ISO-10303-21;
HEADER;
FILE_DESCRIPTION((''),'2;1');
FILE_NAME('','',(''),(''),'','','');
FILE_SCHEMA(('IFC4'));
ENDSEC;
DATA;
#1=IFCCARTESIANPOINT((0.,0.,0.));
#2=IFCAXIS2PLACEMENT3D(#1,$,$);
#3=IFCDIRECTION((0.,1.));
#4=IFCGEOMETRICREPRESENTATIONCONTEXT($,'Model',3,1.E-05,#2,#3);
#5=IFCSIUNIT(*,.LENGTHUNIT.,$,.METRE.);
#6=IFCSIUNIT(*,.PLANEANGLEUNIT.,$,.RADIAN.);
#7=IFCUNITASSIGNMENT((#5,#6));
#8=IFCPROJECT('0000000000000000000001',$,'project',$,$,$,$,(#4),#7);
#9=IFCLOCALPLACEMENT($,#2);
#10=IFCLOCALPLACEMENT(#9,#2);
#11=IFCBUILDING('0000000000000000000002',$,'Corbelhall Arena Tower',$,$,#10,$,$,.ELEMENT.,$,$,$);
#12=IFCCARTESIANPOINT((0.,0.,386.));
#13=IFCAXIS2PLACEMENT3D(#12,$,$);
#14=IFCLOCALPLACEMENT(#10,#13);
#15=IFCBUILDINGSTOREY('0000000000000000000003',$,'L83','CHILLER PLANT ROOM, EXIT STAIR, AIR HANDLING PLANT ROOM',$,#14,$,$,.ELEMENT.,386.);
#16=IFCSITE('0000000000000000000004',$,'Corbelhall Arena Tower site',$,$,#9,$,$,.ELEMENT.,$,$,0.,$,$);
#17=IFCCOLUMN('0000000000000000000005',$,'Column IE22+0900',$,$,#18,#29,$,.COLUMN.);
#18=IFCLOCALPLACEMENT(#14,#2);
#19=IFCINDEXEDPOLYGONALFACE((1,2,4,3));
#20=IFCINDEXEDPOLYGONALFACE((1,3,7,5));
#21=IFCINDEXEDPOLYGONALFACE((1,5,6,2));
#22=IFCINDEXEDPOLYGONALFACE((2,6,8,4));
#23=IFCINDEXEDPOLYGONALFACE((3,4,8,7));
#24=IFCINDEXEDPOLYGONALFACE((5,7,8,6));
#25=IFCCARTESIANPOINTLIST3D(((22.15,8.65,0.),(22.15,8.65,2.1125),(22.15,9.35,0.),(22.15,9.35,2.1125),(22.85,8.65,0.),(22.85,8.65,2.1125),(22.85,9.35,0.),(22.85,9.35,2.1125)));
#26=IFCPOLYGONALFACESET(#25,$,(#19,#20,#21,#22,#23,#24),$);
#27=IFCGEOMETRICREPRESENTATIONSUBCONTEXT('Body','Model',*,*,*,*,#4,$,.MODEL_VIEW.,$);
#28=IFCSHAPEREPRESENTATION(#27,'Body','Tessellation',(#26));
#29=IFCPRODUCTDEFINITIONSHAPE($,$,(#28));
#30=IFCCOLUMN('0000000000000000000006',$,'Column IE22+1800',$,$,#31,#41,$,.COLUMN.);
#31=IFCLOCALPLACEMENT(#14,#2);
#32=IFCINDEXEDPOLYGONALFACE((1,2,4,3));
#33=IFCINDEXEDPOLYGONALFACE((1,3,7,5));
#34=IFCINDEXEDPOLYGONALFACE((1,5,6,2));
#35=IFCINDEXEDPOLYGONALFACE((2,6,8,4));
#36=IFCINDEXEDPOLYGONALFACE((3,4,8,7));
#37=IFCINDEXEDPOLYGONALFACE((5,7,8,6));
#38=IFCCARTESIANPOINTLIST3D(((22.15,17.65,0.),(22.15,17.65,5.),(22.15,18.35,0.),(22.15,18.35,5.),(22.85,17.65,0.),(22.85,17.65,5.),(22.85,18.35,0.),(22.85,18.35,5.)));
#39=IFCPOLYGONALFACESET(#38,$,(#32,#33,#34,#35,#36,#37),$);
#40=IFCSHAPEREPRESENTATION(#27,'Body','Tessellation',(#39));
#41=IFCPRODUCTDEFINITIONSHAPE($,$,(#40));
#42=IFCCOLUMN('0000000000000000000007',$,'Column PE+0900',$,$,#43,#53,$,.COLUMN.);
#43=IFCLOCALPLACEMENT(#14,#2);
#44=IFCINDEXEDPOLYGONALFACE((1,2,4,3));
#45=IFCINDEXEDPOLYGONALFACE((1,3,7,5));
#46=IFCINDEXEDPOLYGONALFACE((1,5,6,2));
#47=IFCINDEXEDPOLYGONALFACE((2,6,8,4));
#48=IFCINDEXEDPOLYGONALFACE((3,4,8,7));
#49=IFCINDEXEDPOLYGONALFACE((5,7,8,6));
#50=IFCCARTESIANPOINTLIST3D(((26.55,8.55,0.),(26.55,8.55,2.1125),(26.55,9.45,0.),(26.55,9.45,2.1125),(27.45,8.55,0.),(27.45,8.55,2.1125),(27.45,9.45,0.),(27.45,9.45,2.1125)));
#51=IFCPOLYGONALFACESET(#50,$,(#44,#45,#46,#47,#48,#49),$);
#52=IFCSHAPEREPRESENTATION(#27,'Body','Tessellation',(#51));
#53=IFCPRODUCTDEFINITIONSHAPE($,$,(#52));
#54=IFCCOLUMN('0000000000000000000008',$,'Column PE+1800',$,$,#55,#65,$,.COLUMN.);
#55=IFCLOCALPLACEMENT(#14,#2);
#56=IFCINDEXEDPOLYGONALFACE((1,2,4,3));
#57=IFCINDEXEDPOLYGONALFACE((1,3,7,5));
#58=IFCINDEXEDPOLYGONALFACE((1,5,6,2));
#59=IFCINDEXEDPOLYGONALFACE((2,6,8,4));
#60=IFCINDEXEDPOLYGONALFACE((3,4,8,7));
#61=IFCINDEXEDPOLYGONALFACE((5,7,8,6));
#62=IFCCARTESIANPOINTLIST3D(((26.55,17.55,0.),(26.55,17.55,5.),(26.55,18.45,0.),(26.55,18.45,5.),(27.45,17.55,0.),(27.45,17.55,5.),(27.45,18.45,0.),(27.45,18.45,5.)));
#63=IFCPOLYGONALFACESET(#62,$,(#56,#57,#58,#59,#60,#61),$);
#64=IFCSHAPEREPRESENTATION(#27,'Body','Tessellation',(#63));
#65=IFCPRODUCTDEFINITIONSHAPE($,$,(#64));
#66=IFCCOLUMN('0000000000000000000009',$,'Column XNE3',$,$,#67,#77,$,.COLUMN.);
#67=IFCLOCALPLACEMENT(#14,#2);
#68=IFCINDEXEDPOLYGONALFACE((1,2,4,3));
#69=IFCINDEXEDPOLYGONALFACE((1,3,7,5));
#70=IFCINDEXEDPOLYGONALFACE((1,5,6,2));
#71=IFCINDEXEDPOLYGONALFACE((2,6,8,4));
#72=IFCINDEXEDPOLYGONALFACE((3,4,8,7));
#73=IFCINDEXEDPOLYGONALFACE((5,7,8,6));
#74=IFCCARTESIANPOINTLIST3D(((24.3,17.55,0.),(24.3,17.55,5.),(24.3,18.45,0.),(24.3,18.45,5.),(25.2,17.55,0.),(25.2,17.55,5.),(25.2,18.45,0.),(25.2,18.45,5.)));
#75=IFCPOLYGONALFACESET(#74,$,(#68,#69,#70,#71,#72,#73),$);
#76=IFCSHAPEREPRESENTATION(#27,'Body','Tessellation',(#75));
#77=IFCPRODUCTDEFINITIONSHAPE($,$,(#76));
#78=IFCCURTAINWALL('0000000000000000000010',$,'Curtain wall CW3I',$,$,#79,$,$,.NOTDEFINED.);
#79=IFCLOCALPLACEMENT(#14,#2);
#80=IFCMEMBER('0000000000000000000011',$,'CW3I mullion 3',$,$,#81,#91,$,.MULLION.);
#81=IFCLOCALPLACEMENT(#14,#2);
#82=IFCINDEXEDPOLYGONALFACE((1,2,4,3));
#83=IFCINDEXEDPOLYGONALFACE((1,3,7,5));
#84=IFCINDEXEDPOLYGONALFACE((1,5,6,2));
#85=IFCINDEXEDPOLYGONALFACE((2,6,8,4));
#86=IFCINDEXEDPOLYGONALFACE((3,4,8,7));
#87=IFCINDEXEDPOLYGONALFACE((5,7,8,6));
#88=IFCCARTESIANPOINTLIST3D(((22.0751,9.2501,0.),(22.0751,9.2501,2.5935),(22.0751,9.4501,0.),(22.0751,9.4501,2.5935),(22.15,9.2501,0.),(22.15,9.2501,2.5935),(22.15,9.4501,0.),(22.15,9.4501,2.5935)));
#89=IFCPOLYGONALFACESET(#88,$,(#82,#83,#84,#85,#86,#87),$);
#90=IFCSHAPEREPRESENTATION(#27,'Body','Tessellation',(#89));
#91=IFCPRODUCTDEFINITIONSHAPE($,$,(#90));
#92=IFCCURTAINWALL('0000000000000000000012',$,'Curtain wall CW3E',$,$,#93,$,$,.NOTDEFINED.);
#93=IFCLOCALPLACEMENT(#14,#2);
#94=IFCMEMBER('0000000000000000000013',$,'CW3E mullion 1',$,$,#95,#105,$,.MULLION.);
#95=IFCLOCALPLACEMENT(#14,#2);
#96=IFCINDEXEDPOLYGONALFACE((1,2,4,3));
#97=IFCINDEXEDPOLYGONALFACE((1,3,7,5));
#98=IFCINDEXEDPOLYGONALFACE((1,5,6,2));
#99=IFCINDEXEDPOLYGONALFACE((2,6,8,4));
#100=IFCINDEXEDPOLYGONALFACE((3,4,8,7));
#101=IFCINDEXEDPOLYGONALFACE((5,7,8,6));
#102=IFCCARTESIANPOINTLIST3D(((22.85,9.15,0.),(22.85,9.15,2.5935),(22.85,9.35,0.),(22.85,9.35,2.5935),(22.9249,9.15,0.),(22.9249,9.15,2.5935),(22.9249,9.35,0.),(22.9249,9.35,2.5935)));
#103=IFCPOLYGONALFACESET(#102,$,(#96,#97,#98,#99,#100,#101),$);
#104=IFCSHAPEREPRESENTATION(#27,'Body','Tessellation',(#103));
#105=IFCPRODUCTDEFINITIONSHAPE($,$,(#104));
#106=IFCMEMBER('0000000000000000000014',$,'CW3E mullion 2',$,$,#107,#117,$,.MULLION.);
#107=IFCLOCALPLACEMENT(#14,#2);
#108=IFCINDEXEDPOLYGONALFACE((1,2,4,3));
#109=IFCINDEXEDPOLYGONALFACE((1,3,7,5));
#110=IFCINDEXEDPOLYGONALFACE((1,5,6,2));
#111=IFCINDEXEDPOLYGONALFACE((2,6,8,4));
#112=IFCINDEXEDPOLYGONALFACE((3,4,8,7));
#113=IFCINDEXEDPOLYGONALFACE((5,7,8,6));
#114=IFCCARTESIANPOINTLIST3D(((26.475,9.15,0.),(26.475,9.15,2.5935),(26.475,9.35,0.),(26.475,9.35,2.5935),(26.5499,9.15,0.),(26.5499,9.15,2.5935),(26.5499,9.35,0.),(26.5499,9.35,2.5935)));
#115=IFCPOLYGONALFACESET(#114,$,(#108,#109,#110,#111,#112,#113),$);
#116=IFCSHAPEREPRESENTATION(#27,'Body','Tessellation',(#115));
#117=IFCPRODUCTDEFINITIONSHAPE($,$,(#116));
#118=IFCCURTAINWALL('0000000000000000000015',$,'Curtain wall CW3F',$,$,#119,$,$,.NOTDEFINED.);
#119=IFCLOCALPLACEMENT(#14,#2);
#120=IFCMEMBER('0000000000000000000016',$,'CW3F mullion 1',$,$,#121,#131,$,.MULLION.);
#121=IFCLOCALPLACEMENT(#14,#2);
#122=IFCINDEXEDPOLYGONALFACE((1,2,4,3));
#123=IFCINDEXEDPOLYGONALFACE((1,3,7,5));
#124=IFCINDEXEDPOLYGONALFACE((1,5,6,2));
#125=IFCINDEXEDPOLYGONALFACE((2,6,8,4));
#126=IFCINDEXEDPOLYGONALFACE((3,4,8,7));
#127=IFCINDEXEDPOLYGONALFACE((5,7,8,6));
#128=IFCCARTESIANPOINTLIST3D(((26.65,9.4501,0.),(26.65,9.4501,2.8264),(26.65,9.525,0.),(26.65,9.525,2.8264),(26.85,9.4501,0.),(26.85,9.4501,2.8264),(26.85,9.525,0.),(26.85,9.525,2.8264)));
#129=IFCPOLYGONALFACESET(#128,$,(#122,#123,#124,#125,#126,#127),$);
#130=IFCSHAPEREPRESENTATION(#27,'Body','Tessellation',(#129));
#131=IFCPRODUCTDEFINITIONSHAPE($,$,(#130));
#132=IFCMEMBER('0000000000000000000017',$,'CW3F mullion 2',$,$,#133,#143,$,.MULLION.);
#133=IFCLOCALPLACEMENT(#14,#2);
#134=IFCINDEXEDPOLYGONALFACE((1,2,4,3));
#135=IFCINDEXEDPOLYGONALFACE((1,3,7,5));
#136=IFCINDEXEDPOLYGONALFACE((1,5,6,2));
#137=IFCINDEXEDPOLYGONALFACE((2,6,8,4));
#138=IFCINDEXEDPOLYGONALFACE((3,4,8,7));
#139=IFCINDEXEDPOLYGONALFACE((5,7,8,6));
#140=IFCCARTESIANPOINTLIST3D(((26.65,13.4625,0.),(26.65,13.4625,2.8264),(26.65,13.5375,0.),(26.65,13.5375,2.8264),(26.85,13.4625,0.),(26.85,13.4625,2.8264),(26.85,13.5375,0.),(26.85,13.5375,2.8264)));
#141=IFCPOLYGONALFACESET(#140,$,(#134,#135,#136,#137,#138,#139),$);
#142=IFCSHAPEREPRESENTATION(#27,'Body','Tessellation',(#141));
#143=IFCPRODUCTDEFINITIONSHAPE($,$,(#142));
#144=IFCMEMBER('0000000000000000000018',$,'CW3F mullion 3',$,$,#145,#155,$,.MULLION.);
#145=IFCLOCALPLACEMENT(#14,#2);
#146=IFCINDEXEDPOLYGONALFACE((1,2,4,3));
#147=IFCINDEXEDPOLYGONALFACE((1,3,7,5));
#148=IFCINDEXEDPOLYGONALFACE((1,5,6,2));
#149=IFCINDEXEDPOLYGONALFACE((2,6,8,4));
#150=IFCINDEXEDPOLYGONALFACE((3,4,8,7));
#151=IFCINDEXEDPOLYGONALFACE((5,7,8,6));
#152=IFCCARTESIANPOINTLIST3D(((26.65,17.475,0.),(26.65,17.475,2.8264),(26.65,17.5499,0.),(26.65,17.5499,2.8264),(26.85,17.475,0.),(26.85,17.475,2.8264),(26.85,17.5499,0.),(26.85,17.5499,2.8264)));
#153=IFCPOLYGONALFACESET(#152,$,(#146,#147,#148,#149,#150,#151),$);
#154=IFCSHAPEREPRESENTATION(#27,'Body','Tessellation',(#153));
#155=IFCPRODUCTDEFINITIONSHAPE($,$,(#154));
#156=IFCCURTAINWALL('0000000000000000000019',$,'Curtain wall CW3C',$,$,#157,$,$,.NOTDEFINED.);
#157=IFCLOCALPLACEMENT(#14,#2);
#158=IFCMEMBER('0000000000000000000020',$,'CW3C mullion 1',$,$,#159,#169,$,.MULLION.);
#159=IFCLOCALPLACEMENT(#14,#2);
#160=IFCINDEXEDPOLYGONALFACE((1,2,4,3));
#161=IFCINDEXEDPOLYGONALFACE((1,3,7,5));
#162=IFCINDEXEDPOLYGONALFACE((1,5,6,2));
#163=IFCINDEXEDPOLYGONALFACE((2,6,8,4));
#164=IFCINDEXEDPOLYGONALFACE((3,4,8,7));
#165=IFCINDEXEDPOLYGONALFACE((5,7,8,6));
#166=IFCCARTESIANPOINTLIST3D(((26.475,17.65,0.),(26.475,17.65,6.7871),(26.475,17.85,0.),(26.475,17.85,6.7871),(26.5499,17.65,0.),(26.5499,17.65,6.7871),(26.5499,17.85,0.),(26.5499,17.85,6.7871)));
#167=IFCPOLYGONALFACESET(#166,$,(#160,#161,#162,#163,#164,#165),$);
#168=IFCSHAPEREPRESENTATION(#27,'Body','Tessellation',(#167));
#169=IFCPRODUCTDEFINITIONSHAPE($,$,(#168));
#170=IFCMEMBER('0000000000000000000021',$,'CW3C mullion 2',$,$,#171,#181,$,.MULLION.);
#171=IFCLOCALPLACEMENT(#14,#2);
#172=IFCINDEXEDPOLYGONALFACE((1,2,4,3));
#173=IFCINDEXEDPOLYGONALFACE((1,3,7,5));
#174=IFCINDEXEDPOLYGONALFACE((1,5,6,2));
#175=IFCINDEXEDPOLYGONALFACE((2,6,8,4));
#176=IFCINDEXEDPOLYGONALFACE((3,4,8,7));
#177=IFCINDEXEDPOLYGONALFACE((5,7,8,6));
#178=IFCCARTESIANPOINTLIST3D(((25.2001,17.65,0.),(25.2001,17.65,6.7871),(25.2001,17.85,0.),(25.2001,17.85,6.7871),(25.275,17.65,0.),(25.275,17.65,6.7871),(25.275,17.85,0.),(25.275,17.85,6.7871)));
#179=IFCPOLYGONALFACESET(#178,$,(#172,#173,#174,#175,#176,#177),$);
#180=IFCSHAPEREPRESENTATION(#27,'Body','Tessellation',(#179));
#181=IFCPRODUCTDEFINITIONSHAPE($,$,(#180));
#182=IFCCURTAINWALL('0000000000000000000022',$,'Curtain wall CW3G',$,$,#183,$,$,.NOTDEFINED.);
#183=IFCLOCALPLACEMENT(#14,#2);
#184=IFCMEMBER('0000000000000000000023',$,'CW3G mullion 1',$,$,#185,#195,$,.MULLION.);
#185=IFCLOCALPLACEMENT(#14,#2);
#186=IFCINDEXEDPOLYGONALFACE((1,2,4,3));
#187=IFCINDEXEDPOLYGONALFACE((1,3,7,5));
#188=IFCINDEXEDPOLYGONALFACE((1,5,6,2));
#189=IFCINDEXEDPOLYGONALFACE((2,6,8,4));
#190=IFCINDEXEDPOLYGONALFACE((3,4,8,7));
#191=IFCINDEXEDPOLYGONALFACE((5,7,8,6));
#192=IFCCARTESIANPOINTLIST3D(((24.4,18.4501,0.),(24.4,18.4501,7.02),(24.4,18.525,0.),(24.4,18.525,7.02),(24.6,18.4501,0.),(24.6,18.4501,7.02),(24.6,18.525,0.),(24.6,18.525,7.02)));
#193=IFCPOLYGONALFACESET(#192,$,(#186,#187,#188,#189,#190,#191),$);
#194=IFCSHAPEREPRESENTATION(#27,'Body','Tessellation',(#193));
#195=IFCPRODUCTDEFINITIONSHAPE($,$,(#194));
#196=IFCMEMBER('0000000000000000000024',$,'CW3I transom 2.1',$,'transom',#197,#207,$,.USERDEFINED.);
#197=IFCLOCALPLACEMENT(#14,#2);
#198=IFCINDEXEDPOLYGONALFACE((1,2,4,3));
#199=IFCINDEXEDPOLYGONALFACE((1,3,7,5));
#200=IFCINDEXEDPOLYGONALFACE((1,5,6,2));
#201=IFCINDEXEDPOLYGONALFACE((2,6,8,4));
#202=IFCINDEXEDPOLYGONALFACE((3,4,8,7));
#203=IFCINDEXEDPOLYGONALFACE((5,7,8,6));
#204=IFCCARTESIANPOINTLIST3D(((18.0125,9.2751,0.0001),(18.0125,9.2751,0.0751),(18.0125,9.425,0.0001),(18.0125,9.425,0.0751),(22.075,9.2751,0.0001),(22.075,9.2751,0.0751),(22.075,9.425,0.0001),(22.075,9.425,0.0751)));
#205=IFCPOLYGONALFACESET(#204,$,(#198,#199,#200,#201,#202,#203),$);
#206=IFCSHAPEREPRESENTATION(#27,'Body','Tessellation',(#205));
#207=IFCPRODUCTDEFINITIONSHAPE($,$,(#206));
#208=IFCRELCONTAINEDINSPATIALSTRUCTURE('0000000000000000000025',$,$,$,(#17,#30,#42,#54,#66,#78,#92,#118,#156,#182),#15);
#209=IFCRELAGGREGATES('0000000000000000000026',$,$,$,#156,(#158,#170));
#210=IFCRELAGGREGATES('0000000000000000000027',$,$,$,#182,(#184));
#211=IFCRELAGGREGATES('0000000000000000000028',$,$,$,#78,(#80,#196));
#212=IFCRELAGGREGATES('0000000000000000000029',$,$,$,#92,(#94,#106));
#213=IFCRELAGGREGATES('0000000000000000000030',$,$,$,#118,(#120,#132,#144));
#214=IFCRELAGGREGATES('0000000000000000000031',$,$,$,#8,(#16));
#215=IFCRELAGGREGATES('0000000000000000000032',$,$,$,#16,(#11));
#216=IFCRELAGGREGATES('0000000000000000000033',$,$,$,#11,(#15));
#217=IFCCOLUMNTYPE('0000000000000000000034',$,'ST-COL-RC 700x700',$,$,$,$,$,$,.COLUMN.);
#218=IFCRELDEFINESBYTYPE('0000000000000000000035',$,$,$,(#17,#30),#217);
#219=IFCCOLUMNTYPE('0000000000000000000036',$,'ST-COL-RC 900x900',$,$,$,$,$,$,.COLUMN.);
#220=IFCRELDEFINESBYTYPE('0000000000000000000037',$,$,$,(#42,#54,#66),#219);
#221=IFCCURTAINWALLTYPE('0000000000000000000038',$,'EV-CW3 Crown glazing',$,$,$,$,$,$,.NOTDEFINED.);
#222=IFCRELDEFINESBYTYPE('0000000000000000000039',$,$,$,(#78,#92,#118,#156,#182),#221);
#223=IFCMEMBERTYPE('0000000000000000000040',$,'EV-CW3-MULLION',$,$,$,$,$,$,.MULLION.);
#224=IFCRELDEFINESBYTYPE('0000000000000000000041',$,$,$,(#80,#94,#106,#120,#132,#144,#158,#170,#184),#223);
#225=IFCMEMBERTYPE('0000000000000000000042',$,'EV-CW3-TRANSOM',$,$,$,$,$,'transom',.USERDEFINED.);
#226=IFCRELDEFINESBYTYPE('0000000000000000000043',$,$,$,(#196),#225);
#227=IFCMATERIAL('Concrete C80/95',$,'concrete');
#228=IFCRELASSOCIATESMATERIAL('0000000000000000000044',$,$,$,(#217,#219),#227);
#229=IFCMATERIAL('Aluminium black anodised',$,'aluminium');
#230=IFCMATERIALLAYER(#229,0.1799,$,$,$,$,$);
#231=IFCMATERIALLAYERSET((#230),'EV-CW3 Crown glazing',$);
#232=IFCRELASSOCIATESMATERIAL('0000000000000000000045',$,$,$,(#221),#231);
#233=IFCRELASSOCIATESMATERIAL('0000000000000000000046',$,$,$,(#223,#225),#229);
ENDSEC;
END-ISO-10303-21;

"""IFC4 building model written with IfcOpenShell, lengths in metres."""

from ifc_helpers import new_model, si_unit, direction, frame, origin, origin_2d, place, context, subcontext, project, spatial, rectangle, extrude, material, layer, layer_set, material_profile, profile_set, type_object, element, aggregate, save


model = new_model("IFC4")

# Units and contexts
model_context = context("Model", 3, precision=1e-05, world=origin(), true_north=direction((0.0, 1.0)))
body_context = subcontext(model_context, "Body", "Model", "MODEL_VIEW")
ifc_project = project(units=[si_unit("LENGTHUNIT", "METRE"), si_unit("PLANEANGLEUNIT", "RADIAN")], contexts=[model_context])

# Site, building, storey
site_placement = place(None, origin())
site = spatial("IfcSite", under=ifc_project, at=site_placement, Name="Corbelhall Arena Tower site", CompositionType="ELEMENT", RefElevation=0.0)
building_placement = place(site_placement, origin())
building = spatial("IfcBuilding", under=site, at=building_placement, Name="Corbelhall Arena Tower", CompositionType="ELEMENT")
storey_placement = place(building_placement, frame((0.0, 0.0, 386.0)))
storey = spatial("IfcBuildingStorey", under=building, at=storey_placement, Name="L83", Description="CHILLER PLANT ROOM, EXIT STAIR, AIR HANDLING PLANT ROOM", CompositionType="ELEMENT", Elevation=386.0)

# Columns
ifc_material_1 = material(Name="Concrete C80/95", Category="concrete")
ifc_material_profile_1 = material_profile(ifc_material_1, rectangle(XDim=0.7, YDim=0.7, at=origin_2d()))
ifc_profile_set_1 = profile_set([ifc_material_profile_1], Name="Concrete C80/95")
column_type_1 = type_object("IfcColumnType", Name="ST-COL-RC 700x700", PredefinedType="COLUMN", material=ifc_profile_set_1)
column_1_placement = place(storey_placement, frame((22.5, 9.0, 0.0), z_axis=(0.0, 0.0, 1.0), x_axis=(1.0, 0.0, 0.0)))
element("IfcColumn", 1, at=column_1_placement, inside=storey, type_object=column_type_1, Name="Column IE22+0900", PredefinedType="COLUMN", context=body_context, shape_type="SweptSolid", body=[
    extrude(rectangle(XDim=0.7, YDim=0.7, at=origin_2d()), origin(), (0.0, 0.0, 1.0), 2.1125),
])
column_2_placement = place(storey_placement, frame((22.5, 18.0, 0.0), z_axis=(0.0, 0.0, 1.0), x_axis=(1.0, 0.0, 0.0)))
element("IfcColumn", 2, at=column_2_placement, inside=storey, type_object=column_type_1, Name="Column IE22+1800", PredefinedType="COLUMN", context=body_context, shape_type="SweptSolid", body=[
    extrude(rectangle(XDim=0.7, YDim=0.7, at=origin_2d()), origin(), (0.0, 0.0, 1.0), 5.0),
])
ifc_material_profile_2 = material_profile(ifc_material_1, rectangle(XDim=0.8999, YDim=0.8999, at=origin_2d()))
ifc_profile_set_2 = profile_set([ifc_material_profile_2], Name="Concrete C80/95")
column_type_2 = type_object("IfcColumnType", Name="ST-COL-RC 900x900", PredefinedType="COLUMN", material=ifc_profile_set_2)
column_3_placement = place(storey_placement, frame((27.0, 9.0, 0.0), z_axis=(0.0, 0.0, 1.0), x_axis=(0.0, 1.0, 0.0)))
element("IfcColumn", 3, at=column_3_placement, inside=storey, type_object=column_type_2, Name="Column PE+0900", PredefinedType="COLUMN", context=body_context, shape_type="SweptSolid", body=[
    extrude(rectangle(XDim=0.8999, YDim=0.8999, at=origin_2d()), origin(), (0.0, 0.0, 1.0), 2.1125),
])
for number, where, z_axis, x_axis, name in (
    (4, (27.0, 18.0, 0.0), (0.0, 0.0, 1.0), (0.0, 1.0, 0.0), "Column PE+1800"),
    (5, (24.75, 18.0, 0.0), (0.0, 0.0, 1.0), (1.0, 0.0, 0.0), "Column XNE3"),
):
    element("IfcColumn", number, at=place(storey_placement, frame(where, z_axis=z_axis, x_axis=x_axis)), inside=storey, type_object=column_type_2, Name=name, PredefinedType="COLUMN", context=body_context, shape_type="SweptSolid", body=[
        extrude(rectangle(XDim=0.8999, YDim=0.8999, at=origin_2d()), origin(), (0.0, 0.0, 1.0), 5.0),
    ])

# Curtain wall, member
ifc_material_2 = material(Name="Aluminium black anodised", Category="aluminium")
ifc_layer = layer(ifc_material_2, 0.1799)
ifc_layer_set = layer_set([ifc_layer], Name="EV-CW3 Crown glazing")
curtain_wall_type = type_object("IfcCurtainWallType", Name="EV-CW3 Crown glazing", PredefinedType="NOTDEFINED", material=ifc_layer_set)
curtain_wall_1_placement = place(storey_placement, origin())
curtain_wall_1 = element("IfcCurtainWall", 6, at=curtain_wall_1_placement, inside=storey, type_object=curtain_wall_type, Name="Curtain wall CW3I", PredefinedType="NOTDEFINED")
ifc_material_profile_3 = material_profile(ifc_material_2, rectangle(XDim=0.2, YDim=0.075, at=origin_2d()))
ifc_profile_set_3 = profile_set([ifc_material_profile_3], Name="Aluminium black anodised")
member_type_1 = type_object("IfcMemberType", Name="EV-CW3-MULLION", PredefinedType="MULLION", material=ifc_profile_set_3)
member_1_placement = place(storey_placement, frame((22.1125, 9.3501, 0.0), z_axis=(0.0, 0.0, 1.0), x_axis=(0.0, 1.0, 0.0)))
member_1 = element("IfcMember", 7, at=member_1_placement, type_object=member_type_1, Name="CW3I mullion 3", PredefinedType="MULLION", context=body_context, shape_type="SweptSolid", body=[
    extrude(rectangle(XDim=0.2, YDim=0.075, at=origin_2d()), origin(), (0.0, 0.0, 1.0), 2.5935),
])

# Curtain walls, members
curtain_wall_2_placement = place(storey_placement, origin())
curtain_wall_2 = element("IfcCurtainWall", 8, at=curtain_wall_2_placement, inside=storey, type_object=curtain_wall_type, Name="Curtain wall CW3E", PredefinedType="NOTDEFINED")
member_2_placement = place(storey_placement, frame((22.8875, 9.25, 0.0), z_axis=(0.0, 0.0, 1.0), x_axis=(0.0, 1.0, 0.0)))
member_2 = element("IfcMember", 9, at=member_2_placement, type_object=member_type_1, Name="CW3E mullion 1", PredefinedType="MULLION", context=body_context, shape_type="SweptSolid", body=[
    extrude(rectangle(XDim=0.2, YDim=0.075, at=origin_2d()), origin(), (0.0, 0.0, 1.0), 2.5935),
])
member_3_placement = place(storey_placement, frame((26.5125, 9.25, 0.0), z_axis=(0.0, 0.0, 1.0), x_axis=(0.0, 1.0, 0.0)))
member_3 = element("IfcMember", 10, at=member_3_placement, type_object=member_type_1, Name="CW3E mullion 2", PredefinedType="MULLION", context=body_context, shape_type="SweptSolid", body=[
    extrude(rectangle(XDim=0.2, YDim=0.075, at=origin_2d()), origin(), (0.0, 0.0, 1.0), 2.5935),
])
curtain_wall_3_placement = place(storey_placement, origin())
curtain_wall_3 = element("IfcCurtainWall", 11, at=curtain_wall_3_placement, inside=storey, type_object=curtain_wall_type, Name="Curtain wall CW3F", PredefinedType="NOTDEFINED")
member_4_placement = place(storey_placement, frame((26.75, 9.4875, 0.0), z_axis=(0.0, 0.0, 1.0), x_axis=(-1.0, 0.0, 0.0)))
member_4 = element("IfcMember", 12, at=member_4_placement, type_object=member_type_1, Name="CW3F mullion 1", PredefinedType="MULLION", context=body_context, shape_type="SweptSolid", body=[
    extrude(rectangle(XDim=0.2, YDim=0.075, at=origin_2d()), origin(), (0.0, 0.0, 1.0), 2.8264),
])
member_5_placement = place(storey_placement, frame((26.75, 13.5, 0.0), z_axis=(0.0, 0.0, 1.0), x_axis=(-1.0, 0.0, 0.0)))
member_5 = element("IfcMember", 13, at=member_5_placement, type_object=member_type_1, Name="CW3F mullion 2", PredefinedType="MULLION", context=body_context, shape_type="SweptSolid", body=[
    extrude(rectangle(XDim=0.2, YDim=0.075, at=origin_2d()), origin(), (0.0, 0.0, 1.0), 2.8264),
])
member_6_placement = place(storey_placement, frame((26.75, 17.5125, 0.0), z_axis=(0.0, 0.0, 1.0), x_axis=(-1.0, 0.0, 0.0)))
member_6 = element("IfcMember", 14, at=member_6_placement, type_object=member_type_1, Name="CW3F mullion 3", PredefinedType="MULLION", context=body_context, shape_type="SweptSolid", body=[
    extrude(rectangle(XDim=0.2, YDim=0.075, at=origin_2d()), origin(), (0.0, 0.0, 1.0), 2.8264),
])
curtain_wall_4_placement = place(storey_placement, origin())
curtain_wall_4 = element("IfcCurtainWall", 15, at=curtain_wall_4_placement, inside=storey, type_object=curtain_wall_type, Name="Curtain wall CW3C", PredefinedType="NOTDEFINED")
member_7_placement = place(storey_placement, frame((26.5125, 17.75, 0.0), z_axis=(0.0, 0.0, 1.0), x_axis=(0.0, -1.0, 0.0)))
member_7 = element("IfcMember", 16, at=member_7_placement, type_object=member_type_1, Name="CW3C mullion 1", PredefinedType="MULLION", context=body_context, shape_type="SweptSolid", body=[
    extrude(rectangle(XDim=0.2, YDim=0.075, at=origin_2d()), origin(), (0.0, 0.0, 1.0), 6.7871),
])
member_8_placement = place(storey_placement, frame((25.2375, 17.75, 0.0), z_axis=(0.0, 0.0, 1.0), x_axis=(0.0, -1.0, 0.0)))
member_8 = element("IfcMember", 17, at=member_8_placement, type_object=member_type_1, Name="CW3C mullion 2", PredefinedType="MULLION", context=body_context, shape_type="SweptSolid", body=[
    extrude(rectangle(XDim=0.2, YDim=0.075, at=origin_2d()), origin(), (0.0, 0.0, 1.0), 6.7871),
])
aggregate(curtain_wall_4, [member_7, member_8])

# Curtain wall, member
curtain_wall_5_placement = place(storey_placement, origin())
curtain_wall_5 = element("IfcCurtainWall", 18, at=curtain_wall_5_placement, inside=storey, type_object=curtain_wall_type, Name="Curtain wall CW3G", PredefinedType="NOTDEFINED")
member_9_placement = place(storey_placement, frame((24.5, 18.4875, 0.0), z_axis=(0.0, 0.0, 1.0), x_axis=(-1.0, 0.0, 0.0)))
member_9 = element("IfcMember", 19, at=member_9_placement, type_object=member_type_1, Name="CW3G mullion 1", PredefinedType="MULLION", context=body_context, shape_type="SweptSolid", body=[
    extrude(rectangle(XDim=0.2, YDim=0.075, at=origin_2d()), origin(), (0.0, 0.0, 1.0), 7.02),
])
aggregate(curtain_wall_5, [member_9])

# Member
ifc_material_profile_4 = material_profile(ifc_material_2, rectangle(XDim=0.1499, YDim=0.075, at=origin_2d()))
ifc_profile_set_4 = profile_set([ifc_material_profile_4], Name="Aluminium black anodised")
member_type_2 = type_object("IfcMemberType", Name="EV-CW3-TRANSOM", ElementType="transom", PredefinedType="USERDEFINED", material=ifc_profile_set_4)
member_10_placement = place(storey_placement, frame((18.0125, 9.3501, 0.0376), z_axis=(1.0, 0.0, 0.0), x_axis=(0.0, 1.0, 0.0)))
member_10 = element("IfcMember", 20, at=member_10_placement, type_object=member_type_2, Name="CW3I transom 2.1", ObjectType="transom", PredefinedType="USERDEFINED", context=body_context, shape_type="SweptSolid", body=[
    extrude(rectangle(XDim=0.1499, YDim=0.075, at=origin_2d()), origin(), (0.0, 0.0, 1.0), 4.0625),
])
aggregate(curtain_wall_1, [member_1, member_10])
aggregate(curtain_wall_2, [member_2, member_3])
aggregate(curtain_wall_3, [member_4, member_5, member_6])

save(model, "model.ifc")
